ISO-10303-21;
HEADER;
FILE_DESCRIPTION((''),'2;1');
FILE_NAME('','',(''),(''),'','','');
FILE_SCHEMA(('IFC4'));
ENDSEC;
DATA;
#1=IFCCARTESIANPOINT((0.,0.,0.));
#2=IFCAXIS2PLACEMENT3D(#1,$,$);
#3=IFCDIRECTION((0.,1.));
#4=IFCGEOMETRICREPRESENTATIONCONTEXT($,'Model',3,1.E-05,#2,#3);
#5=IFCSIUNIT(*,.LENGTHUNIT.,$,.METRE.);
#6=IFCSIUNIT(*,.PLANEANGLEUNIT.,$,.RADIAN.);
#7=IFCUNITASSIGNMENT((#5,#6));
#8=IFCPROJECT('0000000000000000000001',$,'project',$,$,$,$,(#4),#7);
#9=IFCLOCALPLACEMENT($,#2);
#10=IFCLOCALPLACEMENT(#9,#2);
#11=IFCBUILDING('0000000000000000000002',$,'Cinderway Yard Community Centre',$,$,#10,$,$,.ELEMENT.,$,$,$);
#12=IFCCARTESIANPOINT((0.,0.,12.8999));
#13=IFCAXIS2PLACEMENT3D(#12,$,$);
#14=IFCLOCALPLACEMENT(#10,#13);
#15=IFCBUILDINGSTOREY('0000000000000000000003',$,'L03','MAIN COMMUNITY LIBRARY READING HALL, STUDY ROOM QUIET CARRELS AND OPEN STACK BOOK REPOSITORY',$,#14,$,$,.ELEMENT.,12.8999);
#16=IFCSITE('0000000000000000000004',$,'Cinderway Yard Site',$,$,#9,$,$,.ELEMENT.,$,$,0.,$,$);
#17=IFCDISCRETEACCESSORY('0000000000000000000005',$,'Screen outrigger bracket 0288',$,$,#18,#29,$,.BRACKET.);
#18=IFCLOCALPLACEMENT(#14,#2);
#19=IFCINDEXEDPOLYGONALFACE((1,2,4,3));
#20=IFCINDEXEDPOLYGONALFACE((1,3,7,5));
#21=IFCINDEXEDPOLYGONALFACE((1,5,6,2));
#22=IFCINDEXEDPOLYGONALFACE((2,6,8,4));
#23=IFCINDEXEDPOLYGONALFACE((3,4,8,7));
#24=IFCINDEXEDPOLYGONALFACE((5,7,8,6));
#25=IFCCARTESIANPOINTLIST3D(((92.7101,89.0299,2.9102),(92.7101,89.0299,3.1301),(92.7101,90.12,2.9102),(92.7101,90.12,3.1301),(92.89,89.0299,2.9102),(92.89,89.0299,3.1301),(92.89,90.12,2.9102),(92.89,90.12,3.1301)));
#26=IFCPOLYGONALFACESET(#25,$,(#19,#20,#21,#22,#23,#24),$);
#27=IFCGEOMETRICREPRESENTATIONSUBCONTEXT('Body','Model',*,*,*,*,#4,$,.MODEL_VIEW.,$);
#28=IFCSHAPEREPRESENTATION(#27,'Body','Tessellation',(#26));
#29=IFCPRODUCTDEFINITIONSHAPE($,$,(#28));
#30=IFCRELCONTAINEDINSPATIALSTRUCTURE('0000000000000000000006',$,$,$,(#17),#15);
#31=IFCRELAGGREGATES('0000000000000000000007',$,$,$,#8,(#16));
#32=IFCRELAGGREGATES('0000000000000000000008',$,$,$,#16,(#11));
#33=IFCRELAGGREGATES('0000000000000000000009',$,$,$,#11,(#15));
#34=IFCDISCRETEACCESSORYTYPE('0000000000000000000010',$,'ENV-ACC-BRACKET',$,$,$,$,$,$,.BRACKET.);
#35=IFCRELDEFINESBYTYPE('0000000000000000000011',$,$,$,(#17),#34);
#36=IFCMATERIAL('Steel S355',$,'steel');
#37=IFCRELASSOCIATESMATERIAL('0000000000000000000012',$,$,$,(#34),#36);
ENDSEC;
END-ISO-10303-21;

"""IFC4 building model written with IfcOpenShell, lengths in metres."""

from ifc_helpers import new_model, si_unit, direction, frame, origin, origin_2d, place, context, subcontext, project, spatial, rectangle, extrude, material, type_object, element, save


model = new_model("IFC4")

# Units and contexts
model_context = context("Model", 3, precision=1e-05, world=origin(), true_north=direction((0.0, 1.0)))
body_context = subcontext(model_context, "Body", "Model", "MODEL_VIEW")
ifc_project = project(units=[si_unit("LENGTHUNIT", "METRE"), si_unit("PLANEANGLEUNIT", "RADIAN")], contexts=[model_context])

# Site, building, storey
site_placement = place(None, origin())
site = spatial("IfcSite", under=ifc_project, at=site_placement, Name="Cinderway Yard Site", CompositionType="ELEMENT", RefElevation=0.0)
building_placement = place(site_placement, origin())
building = spatial("IfcBuilding", under=site, at=building_placement, Name="Cinderway Yard Community Centre", CompositionType="ELEMENT")
storey_placement = place(building_placement, frame((0.0, 0.0, 12.8999)))
storey = spatial("IfcBuildingStorey", under=building, at=storey_placement, Name="L03", Description="MAIN COMMUNITY LIBRARY READING HALL, STUDY ROOM QUIET CARRELS AND OPEN STACK BOOK REPOSITORY", CompositionType="ELEMENT", Elevation=12.8999)

# Shared definitions
ifc_material_1 = material(Name="Steel S355", Category="steel")

# Discrete accessory
discrete_accessory_type = type_object("IfcDiscreteAccessoryType", Name="ENV-ACC-BRACKET", PredefinedType="BRACKET", material=ifc_material_1)
for number, where, z_axis, x_axis, name in (
    (1, (92.8, 89.575, 2.9102), (0.0, 0.0, 1.0), (0.0, -1.0, 0.0), "Screen outrigger bracket 0288"),
):
    element("IfcDiscreteAccessory", number, at=place(storey_placement, frame(where, z_axis=z_axis, x_axis=x_axis)), inside=storey, type_object=discrete_accessory_type, Name=name, PredefinedType="BRACKET", context=body_context, shape_type="SweptSolid", body=[
        extrude(rectangle(XDim=1.0901, YDim=0.1799, at=origin_2d()), origin(), (0.0, 0.0, 1.0), 0.22),
    ])

save(model, "model.ifc")
